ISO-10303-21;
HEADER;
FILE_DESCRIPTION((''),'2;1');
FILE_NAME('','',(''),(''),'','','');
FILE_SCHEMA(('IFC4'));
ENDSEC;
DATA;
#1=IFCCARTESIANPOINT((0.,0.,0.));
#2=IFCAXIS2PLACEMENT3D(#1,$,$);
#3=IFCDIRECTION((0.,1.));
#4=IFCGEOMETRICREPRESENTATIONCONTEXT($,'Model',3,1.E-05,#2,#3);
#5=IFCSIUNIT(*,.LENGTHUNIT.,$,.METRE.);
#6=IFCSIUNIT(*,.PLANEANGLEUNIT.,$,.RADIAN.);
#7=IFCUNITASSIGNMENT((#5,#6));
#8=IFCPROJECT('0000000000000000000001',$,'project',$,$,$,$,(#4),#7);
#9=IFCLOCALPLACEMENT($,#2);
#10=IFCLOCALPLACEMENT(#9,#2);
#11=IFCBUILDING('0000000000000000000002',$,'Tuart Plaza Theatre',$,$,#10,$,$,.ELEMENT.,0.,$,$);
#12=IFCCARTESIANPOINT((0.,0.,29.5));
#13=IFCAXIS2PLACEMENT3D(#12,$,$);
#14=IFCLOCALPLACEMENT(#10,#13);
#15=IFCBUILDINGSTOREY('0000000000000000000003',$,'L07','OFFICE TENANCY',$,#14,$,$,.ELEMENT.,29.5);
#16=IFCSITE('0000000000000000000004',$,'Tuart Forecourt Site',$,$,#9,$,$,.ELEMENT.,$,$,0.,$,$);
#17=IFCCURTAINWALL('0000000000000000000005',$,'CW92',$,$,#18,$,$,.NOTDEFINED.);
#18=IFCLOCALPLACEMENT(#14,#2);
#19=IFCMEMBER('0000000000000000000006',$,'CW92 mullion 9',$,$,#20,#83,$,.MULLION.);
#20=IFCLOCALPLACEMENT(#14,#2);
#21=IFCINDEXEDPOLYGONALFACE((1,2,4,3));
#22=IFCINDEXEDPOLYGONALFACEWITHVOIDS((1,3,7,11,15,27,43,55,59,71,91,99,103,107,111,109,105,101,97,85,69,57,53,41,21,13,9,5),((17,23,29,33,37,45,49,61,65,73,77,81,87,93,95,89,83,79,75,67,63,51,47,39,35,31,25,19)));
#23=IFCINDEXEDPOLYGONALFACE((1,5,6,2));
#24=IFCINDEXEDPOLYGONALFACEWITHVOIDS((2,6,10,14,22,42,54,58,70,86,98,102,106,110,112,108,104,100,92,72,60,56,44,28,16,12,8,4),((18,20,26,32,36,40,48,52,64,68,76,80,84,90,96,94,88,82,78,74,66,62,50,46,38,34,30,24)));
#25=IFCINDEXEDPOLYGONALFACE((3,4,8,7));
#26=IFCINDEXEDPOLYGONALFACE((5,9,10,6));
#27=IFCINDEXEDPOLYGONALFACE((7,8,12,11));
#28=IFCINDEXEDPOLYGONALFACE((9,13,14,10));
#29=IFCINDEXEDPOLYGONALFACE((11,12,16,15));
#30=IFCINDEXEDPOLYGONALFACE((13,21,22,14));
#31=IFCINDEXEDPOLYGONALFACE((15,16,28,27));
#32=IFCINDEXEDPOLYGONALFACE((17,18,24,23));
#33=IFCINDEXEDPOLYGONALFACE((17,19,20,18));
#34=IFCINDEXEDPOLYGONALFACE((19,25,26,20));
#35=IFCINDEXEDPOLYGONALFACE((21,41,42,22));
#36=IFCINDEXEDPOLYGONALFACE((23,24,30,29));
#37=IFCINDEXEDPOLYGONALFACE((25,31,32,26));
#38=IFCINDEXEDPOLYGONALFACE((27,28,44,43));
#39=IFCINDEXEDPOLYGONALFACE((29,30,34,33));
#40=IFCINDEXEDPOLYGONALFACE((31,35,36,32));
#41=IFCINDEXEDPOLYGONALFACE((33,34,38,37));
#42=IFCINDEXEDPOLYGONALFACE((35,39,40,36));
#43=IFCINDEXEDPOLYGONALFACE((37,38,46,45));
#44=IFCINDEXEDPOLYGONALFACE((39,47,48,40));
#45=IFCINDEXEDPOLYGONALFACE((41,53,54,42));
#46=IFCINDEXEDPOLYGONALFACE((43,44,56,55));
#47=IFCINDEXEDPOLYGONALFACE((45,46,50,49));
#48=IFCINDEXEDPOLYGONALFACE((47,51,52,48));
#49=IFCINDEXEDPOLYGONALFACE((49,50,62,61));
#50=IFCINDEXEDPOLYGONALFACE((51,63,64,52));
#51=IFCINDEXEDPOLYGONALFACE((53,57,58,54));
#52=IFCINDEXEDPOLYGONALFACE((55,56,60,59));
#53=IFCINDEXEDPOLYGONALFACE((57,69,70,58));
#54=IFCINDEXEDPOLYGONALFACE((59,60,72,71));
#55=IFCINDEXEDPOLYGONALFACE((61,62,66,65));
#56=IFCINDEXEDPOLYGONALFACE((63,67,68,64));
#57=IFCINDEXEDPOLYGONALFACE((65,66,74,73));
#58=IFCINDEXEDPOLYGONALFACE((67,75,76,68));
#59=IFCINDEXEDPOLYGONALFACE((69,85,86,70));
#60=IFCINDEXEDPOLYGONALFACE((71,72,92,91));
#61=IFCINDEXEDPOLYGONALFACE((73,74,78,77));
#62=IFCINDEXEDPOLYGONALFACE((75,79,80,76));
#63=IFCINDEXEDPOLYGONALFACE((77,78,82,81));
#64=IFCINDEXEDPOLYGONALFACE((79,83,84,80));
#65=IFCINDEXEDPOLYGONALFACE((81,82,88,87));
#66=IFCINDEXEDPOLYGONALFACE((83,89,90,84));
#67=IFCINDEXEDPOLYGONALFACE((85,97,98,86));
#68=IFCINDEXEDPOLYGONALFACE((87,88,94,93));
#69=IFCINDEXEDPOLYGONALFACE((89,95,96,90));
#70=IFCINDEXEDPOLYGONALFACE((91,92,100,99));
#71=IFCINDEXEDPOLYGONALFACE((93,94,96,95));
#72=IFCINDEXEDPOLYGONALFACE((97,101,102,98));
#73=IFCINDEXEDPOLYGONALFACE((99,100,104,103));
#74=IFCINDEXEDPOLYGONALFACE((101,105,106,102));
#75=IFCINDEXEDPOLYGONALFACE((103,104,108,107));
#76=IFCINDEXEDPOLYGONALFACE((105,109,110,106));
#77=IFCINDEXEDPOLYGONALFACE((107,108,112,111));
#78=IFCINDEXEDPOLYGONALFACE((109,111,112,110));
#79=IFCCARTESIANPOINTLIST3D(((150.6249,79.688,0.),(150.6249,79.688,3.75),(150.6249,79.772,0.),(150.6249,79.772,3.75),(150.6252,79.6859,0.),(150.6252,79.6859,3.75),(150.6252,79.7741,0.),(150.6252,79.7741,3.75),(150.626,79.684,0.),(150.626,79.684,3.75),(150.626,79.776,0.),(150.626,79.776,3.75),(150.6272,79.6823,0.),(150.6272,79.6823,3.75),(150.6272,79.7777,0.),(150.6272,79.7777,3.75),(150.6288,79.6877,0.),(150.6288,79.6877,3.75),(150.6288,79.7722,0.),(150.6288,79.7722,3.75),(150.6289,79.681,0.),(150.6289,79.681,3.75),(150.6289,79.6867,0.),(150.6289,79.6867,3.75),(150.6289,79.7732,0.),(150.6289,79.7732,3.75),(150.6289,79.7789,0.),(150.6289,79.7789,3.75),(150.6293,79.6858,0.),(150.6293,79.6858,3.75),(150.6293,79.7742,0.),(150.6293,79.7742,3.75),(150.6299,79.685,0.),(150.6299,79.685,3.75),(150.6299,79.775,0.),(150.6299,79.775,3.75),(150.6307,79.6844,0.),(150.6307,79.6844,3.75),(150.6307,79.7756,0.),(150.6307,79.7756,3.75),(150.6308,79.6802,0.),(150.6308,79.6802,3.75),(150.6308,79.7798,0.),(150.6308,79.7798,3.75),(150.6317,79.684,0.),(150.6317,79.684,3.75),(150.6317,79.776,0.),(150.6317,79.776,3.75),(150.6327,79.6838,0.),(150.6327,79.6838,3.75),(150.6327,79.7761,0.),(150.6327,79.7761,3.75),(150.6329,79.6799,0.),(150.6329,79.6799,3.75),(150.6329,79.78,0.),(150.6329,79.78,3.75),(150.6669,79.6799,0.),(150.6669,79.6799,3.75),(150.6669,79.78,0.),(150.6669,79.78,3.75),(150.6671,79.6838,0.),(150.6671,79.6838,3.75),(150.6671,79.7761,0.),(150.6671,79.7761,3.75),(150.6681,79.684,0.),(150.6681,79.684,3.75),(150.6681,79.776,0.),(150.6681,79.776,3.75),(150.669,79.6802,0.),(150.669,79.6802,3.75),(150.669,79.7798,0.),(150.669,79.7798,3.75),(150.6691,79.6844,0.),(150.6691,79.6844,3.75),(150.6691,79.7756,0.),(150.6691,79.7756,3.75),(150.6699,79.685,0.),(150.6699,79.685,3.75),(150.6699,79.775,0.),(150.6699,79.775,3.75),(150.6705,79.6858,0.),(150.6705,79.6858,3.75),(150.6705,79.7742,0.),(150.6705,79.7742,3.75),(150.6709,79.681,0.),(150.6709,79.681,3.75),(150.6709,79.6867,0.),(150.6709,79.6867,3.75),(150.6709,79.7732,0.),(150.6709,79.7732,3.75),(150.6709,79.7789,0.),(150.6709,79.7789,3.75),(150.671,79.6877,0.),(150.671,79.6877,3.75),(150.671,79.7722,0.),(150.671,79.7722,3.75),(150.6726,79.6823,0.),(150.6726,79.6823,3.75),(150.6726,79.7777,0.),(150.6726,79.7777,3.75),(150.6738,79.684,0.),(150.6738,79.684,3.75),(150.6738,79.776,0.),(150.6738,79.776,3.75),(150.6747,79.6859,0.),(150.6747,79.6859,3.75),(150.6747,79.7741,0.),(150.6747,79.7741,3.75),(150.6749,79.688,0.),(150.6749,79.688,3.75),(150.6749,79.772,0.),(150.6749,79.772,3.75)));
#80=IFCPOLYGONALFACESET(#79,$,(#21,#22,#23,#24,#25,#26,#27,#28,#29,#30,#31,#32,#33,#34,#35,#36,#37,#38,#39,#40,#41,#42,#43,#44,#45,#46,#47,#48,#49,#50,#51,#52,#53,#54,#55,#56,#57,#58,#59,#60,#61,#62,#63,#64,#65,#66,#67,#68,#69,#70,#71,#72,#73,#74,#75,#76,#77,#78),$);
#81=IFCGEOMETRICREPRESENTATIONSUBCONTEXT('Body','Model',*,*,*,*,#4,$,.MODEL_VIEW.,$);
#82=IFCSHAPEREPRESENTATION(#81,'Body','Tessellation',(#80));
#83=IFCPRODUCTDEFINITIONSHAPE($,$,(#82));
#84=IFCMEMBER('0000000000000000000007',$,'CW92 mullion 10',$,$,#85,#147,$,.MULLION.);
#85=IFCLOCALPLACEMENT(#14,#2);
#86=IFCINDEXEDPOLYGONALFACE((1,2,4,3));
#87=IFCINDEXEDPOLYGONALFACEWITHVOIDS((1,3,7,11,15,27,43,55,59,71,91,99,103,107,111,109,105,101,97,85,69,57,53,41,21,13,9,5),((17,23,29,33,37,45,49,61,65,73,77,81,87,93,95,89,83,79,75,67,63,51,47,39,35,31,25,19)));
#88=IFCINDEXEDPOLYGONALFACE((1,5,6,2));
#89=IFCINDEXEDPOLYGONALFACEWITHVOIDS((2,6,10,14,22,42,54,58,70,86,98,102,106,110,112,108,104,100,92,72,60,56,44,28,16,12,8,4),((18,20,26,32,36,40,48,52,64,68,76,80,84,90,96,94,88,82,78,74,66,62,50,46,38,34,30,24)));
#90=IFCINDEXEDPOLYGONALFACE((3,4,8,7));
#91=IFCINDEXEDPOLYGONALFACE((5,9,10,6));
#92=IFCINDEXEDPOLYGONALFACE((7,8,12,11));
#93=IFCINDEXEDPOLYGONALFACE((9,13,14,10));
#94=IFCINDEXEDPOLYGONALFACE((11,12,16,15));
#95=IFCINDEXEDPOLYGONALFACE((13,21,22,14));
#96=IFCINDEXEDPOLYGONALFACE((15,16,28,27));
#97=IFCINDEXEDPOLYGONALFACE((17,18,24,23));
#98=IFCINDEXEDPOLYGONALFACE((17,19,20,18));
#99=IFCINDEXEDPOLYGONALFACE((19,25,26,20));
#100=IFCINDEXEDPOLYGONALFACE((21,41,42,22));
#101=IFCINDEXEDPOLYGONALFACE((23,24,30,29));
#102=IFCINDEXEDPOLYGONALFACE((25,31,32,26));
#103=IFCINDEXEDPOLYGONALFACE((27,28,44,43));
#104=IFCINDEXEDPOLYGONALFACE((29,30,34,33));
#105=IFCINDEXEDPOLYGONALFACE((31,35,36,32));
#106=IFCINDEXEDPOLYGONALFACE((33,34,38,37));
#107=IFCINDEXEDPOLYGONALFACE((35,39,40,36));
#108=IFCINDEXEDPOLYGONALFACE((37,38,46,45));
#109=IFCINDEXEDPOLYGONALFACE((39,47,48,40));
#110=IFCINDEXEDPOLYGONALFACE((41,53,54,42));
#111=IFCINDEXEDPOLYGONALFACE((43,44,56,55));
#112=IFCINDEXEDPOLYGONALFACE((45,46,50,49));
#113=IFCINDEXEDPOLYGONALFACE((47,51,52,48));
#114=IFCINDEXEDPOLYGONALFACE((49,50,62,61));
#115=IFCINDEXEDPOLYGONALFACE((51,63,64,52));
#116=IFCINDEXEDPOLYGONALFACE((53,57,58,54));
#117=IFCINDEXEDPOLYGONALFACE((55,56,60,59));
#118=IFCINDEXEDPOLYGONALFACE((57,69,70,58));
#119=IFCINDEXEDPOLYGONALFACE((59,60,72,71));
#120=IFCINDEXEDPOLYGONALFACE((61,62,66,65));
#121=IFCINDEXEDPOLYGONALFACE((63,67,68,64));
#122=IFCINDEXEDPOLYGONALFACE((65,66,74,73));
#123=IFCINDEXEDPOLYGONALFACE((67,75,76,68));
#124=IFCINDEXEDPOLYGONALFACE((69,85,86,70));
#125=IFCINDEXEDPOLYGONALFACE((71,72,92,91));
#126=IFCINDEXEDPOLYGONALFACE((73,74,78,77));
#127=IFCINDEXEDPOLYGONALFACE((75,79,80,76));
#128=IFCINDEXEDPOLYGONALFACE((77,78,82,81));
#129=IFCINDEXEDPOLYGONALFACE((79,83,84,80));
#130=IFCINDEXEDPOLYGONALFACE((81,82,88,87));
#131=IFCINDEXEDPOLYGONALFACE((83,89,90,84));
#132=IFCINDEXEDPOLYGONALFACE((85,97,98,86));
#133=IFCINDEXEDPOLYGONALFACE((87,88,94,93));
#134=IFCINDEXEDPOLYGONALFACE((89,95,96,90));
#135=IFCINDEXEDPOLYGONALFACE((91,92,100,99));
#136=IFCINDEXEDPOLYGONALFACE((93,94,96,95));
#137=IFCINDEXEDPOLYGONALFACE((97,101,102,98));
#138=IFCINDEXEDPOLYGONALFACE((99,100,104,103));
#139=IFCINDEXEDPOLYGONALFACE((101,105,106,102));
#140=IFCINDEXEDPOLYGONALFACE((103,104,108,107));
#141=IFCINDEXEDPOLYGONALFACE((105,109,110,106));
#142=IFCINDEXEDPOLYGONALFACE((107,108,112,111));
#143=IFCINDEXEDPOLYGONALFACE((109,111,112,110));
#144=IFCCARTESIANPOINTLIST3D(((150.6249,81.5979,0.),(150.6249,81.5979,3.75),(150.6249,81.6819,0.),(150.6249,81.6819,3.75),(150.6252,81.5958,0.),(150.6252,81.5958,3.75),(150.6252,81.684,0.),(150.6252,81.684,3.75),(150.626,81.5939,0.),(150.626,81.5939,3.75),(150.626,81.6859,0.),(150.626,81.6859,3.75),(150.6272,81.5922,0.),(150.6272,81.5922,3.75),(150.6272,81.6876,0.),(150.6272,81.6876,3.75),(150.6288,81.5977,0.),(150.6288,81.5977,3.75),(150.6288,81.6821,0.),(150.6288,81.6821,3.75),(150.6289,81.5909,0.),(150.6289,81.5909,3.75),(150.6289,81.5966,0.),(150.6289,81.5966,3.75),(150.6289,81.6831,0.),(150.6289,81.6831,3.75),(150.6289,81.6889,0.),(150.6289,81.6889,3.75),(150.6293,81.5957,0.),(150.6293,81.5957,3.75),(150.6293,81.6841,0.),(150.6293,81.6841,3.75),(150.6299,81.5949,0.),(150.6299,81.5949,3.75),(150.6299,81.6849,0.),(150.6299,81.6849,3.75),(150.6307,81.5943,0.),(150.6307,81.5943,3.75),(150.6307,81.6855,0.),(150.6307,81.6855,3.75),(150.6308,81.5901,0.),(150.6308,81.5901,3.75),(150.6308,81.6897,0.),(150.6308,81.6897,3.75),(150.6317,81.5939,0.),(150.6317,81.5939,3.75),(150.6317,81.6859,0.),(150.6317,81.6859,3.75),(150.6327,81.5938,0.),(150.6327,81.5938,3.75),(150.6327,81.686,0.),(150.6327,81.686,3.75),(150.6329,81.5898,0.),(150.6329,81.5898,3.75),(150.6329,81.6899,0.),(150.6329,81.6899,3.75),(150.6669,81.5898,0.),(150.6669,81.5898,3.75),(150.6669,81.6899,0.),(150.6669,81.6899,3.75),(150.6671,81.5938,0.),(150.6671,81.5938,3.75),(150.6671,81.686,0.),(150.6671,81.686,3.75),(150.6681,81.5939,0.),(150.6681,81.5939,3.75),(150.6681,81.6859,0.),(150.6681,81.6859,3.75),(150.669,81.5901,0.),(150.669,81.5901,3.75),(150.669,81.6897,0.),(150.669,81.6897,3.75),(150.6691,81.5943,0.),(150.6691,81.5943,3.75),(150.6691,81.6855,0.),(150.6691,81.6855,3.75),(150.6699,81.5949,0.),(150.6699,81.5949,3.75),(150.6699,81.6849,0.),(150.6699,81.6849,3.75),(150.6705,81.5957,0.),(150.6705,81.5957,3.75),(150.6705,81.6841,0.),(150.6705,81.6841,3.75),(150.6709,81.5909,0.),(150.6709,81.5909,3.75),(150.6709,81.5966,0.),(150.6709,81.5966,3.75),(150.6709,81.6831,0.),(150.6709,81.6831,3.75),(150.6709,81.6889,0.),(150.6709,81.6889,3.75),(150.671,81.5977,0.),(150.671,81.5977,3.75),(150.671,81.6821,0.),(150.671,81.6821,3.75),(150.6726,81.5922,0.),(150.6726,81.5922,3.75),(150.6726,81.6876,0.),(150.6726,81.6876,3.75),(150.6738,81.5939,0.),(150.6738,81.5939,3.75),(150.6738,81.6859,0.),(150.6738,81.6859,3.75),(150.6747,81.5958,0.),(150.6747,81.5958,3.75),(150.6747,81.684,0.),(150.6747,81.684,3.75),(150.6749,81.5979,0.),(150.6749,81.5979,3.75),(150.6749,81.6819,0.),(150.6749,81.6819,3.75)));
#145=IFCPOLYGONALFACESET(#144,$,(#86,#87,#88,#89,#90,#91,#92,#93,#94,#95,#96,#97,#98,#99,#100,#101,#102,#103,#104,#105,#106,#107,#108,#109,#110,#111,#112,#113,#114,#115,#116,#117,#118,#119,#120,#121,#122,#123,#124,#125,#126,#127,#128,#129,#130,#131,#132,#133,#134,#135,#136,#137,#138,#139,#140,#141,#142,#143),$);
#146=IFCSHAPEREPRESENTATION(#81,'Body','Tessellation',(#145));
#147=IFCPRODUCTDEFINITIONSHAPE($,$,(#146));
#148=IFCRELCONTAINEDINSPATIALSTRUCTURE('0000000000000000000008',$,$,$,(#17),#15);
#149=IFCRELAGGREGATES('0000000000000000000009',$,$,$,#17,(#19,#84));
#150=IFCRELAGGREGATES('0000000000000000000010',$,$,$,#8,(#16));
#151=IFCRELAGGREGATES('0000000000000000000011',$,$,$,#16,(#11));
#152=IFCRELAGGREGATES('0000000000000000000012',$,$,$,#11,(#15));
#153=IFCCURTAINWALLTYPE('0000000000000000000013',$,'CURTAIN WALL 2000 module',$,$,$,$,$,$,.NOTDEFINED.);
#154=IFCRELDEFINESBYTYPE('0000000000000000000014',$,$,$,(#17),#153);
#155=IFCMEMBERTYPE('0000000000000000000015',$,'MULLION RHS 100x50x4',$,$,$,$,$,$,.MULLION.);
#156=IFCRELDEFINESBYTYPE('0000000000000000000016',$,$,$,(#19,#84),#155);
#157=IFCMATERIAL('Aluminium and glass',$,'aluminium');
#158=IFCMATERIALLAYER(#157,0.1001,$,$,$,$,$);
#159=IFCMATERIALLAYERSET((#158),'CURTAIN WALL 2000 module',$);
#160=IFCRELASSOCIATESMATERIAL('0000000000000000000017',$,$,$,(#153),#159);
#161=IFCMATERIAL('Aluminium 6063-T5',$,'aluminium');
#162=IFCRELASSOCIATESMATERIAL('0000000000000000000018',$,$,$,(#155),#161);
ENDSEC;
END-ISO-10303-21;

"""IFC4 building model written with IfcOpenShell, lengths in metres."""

from ifc_helpers import new_model, si_unit, direction, frame, origin, origin_2d, place, context, subcontext, project, spatial, hollow_rectangle, extrude, material, layer, layer_set, material_profile, profile_set, type_object, element, aggregate, save


model = new_model("IFC4")

# Units and contexts
model_context = context("Model", 3, precision=1e-05, world=origin(), true_north=direction((0.0, 1.0)))
body_context = subcontext(model_context, "Body", "Model", "MODEL_VIEW")
ifc_project = project(units=[si_unit("LENGTHUNIT", "METRE"), si_unit("PLANEANGLEUNIT", "RADIAN")], contexts=[model_context])

# Site, building, storey
site_placement = place(None, origin())
site = spatial("IfcSite", under=ifc_project, at=site_placement, Name="Tuart Forecourt Site", CompositionType="ELEMENT", RefElevation=0.0)
building_placement = place(site_placement, origin())
building = spatial("IfcBuilding", under=site, at=building_placement, Name="Tuart Plaza Theatre", CompositionType="ELEMENT", ElevationOfRefHeight=0.0)
storey_placement = place(building_placement, frame((0.0, 0.0, 29.5)))
storey = spatial("IfcBuildingStorey", under=building, at=storey_placement, Name="L07", Description="OFFICE TENANCY", CompositionType="ELEMENT", Elevation=29.5)

# Curtain wall, members
ifc_material_1 = material(Name="Aluminium and glass", Category="aluminium")
ifc_layer_1 = layer(ifc_material_1, 0.1001)
ifc_layer_set_1 = layer_set([ifc_layer_1], Name="CURTAIN WALL 2000 module")
curtain_wall_type = type_object("IfcCurtainWallType", Name="CURTAIN WALL 2000 module", PredefinedType="NOTDEFINED", material=ifc_layer_set_1)
curtain_wall_placement = place(storey_placement, origin())
curtain_wall = element("IfcCurtainWall", 1, at=curtain_wall_placement, inside=storey, type_object=curtain_wall_type, Name="CW92", PredefinedType="NOTDEFINED")
ifc_material_2 = material(Name="Aluminium 6063-T5", Category="aluminium")
ifc_material_profile_1 = material_profile(ifc_material_2, hollow_rectangle(XDim=0.05, YDim=0.1001, WallThickness=0.0039, InnerFilletRadius=0.0039, OuterFilletRadius=0.0081, at=origin_2d()), Name="RHS 100x50x4")
ifc_profile_set_1 = profile_set([ifc_material_profile_1], Name="Aluminium 6063-T5")
member_type_1 = type_object("IfcMemberType", Name="MULLION RHS 100x50x4", PredefinedType="MULLION", material=ifc_profile_set_1)
member_1_placement = place(storey_placement, frame((150.6499, 79.73, 0.0), z_axis=(0.0, 0.0, 1.0), x_axis=(-1.0, 0.0, 0.0)))
member_1 = element("IfcMember", 2, at=member_1_placement, type_object=member_type_1, Name="CW92 mullion 9", PredefinedType="MULLION", context=body_context, shape_type="SweptSolid", body=[
    extrude(hollow_rectangle(XDim=0.05, YDim=0.1001, WallThickness=0.0039, InnerFilletRadius=0.0039, OuterFilletRadius=0.0081, at=origin_2d()), origin(), (0.0, 0.0, 1.0), 3.75),
])
member_2_placement = place(storey_placement, frame((150.6499, 81.6399, 0.0), z_axis=(0.0, 0.0, 1.0), x_axis=(-1.0, 0.0, 0.0)))
member_2 = element("IfcMember", 3, at=member_2_placement, type_object=member_type_1, Name="CW92 mullion 10", PredefinedType="MULLION", context=body_context, shape_type="SweptSolid", body=[
    extrude(hollow_rectangle(XDim=0.05, YDim=0.1001, WallThickness=0.0039, InnerFilletRadius=0.0039, OuterFilletRadius=0.0081, at=origin_2d()), origin(), (0.0, 0.0, 1.0), 3.75),
])
aggregate(curtain_wall, [member_1, member_2])

save(model, "model.ifc")
